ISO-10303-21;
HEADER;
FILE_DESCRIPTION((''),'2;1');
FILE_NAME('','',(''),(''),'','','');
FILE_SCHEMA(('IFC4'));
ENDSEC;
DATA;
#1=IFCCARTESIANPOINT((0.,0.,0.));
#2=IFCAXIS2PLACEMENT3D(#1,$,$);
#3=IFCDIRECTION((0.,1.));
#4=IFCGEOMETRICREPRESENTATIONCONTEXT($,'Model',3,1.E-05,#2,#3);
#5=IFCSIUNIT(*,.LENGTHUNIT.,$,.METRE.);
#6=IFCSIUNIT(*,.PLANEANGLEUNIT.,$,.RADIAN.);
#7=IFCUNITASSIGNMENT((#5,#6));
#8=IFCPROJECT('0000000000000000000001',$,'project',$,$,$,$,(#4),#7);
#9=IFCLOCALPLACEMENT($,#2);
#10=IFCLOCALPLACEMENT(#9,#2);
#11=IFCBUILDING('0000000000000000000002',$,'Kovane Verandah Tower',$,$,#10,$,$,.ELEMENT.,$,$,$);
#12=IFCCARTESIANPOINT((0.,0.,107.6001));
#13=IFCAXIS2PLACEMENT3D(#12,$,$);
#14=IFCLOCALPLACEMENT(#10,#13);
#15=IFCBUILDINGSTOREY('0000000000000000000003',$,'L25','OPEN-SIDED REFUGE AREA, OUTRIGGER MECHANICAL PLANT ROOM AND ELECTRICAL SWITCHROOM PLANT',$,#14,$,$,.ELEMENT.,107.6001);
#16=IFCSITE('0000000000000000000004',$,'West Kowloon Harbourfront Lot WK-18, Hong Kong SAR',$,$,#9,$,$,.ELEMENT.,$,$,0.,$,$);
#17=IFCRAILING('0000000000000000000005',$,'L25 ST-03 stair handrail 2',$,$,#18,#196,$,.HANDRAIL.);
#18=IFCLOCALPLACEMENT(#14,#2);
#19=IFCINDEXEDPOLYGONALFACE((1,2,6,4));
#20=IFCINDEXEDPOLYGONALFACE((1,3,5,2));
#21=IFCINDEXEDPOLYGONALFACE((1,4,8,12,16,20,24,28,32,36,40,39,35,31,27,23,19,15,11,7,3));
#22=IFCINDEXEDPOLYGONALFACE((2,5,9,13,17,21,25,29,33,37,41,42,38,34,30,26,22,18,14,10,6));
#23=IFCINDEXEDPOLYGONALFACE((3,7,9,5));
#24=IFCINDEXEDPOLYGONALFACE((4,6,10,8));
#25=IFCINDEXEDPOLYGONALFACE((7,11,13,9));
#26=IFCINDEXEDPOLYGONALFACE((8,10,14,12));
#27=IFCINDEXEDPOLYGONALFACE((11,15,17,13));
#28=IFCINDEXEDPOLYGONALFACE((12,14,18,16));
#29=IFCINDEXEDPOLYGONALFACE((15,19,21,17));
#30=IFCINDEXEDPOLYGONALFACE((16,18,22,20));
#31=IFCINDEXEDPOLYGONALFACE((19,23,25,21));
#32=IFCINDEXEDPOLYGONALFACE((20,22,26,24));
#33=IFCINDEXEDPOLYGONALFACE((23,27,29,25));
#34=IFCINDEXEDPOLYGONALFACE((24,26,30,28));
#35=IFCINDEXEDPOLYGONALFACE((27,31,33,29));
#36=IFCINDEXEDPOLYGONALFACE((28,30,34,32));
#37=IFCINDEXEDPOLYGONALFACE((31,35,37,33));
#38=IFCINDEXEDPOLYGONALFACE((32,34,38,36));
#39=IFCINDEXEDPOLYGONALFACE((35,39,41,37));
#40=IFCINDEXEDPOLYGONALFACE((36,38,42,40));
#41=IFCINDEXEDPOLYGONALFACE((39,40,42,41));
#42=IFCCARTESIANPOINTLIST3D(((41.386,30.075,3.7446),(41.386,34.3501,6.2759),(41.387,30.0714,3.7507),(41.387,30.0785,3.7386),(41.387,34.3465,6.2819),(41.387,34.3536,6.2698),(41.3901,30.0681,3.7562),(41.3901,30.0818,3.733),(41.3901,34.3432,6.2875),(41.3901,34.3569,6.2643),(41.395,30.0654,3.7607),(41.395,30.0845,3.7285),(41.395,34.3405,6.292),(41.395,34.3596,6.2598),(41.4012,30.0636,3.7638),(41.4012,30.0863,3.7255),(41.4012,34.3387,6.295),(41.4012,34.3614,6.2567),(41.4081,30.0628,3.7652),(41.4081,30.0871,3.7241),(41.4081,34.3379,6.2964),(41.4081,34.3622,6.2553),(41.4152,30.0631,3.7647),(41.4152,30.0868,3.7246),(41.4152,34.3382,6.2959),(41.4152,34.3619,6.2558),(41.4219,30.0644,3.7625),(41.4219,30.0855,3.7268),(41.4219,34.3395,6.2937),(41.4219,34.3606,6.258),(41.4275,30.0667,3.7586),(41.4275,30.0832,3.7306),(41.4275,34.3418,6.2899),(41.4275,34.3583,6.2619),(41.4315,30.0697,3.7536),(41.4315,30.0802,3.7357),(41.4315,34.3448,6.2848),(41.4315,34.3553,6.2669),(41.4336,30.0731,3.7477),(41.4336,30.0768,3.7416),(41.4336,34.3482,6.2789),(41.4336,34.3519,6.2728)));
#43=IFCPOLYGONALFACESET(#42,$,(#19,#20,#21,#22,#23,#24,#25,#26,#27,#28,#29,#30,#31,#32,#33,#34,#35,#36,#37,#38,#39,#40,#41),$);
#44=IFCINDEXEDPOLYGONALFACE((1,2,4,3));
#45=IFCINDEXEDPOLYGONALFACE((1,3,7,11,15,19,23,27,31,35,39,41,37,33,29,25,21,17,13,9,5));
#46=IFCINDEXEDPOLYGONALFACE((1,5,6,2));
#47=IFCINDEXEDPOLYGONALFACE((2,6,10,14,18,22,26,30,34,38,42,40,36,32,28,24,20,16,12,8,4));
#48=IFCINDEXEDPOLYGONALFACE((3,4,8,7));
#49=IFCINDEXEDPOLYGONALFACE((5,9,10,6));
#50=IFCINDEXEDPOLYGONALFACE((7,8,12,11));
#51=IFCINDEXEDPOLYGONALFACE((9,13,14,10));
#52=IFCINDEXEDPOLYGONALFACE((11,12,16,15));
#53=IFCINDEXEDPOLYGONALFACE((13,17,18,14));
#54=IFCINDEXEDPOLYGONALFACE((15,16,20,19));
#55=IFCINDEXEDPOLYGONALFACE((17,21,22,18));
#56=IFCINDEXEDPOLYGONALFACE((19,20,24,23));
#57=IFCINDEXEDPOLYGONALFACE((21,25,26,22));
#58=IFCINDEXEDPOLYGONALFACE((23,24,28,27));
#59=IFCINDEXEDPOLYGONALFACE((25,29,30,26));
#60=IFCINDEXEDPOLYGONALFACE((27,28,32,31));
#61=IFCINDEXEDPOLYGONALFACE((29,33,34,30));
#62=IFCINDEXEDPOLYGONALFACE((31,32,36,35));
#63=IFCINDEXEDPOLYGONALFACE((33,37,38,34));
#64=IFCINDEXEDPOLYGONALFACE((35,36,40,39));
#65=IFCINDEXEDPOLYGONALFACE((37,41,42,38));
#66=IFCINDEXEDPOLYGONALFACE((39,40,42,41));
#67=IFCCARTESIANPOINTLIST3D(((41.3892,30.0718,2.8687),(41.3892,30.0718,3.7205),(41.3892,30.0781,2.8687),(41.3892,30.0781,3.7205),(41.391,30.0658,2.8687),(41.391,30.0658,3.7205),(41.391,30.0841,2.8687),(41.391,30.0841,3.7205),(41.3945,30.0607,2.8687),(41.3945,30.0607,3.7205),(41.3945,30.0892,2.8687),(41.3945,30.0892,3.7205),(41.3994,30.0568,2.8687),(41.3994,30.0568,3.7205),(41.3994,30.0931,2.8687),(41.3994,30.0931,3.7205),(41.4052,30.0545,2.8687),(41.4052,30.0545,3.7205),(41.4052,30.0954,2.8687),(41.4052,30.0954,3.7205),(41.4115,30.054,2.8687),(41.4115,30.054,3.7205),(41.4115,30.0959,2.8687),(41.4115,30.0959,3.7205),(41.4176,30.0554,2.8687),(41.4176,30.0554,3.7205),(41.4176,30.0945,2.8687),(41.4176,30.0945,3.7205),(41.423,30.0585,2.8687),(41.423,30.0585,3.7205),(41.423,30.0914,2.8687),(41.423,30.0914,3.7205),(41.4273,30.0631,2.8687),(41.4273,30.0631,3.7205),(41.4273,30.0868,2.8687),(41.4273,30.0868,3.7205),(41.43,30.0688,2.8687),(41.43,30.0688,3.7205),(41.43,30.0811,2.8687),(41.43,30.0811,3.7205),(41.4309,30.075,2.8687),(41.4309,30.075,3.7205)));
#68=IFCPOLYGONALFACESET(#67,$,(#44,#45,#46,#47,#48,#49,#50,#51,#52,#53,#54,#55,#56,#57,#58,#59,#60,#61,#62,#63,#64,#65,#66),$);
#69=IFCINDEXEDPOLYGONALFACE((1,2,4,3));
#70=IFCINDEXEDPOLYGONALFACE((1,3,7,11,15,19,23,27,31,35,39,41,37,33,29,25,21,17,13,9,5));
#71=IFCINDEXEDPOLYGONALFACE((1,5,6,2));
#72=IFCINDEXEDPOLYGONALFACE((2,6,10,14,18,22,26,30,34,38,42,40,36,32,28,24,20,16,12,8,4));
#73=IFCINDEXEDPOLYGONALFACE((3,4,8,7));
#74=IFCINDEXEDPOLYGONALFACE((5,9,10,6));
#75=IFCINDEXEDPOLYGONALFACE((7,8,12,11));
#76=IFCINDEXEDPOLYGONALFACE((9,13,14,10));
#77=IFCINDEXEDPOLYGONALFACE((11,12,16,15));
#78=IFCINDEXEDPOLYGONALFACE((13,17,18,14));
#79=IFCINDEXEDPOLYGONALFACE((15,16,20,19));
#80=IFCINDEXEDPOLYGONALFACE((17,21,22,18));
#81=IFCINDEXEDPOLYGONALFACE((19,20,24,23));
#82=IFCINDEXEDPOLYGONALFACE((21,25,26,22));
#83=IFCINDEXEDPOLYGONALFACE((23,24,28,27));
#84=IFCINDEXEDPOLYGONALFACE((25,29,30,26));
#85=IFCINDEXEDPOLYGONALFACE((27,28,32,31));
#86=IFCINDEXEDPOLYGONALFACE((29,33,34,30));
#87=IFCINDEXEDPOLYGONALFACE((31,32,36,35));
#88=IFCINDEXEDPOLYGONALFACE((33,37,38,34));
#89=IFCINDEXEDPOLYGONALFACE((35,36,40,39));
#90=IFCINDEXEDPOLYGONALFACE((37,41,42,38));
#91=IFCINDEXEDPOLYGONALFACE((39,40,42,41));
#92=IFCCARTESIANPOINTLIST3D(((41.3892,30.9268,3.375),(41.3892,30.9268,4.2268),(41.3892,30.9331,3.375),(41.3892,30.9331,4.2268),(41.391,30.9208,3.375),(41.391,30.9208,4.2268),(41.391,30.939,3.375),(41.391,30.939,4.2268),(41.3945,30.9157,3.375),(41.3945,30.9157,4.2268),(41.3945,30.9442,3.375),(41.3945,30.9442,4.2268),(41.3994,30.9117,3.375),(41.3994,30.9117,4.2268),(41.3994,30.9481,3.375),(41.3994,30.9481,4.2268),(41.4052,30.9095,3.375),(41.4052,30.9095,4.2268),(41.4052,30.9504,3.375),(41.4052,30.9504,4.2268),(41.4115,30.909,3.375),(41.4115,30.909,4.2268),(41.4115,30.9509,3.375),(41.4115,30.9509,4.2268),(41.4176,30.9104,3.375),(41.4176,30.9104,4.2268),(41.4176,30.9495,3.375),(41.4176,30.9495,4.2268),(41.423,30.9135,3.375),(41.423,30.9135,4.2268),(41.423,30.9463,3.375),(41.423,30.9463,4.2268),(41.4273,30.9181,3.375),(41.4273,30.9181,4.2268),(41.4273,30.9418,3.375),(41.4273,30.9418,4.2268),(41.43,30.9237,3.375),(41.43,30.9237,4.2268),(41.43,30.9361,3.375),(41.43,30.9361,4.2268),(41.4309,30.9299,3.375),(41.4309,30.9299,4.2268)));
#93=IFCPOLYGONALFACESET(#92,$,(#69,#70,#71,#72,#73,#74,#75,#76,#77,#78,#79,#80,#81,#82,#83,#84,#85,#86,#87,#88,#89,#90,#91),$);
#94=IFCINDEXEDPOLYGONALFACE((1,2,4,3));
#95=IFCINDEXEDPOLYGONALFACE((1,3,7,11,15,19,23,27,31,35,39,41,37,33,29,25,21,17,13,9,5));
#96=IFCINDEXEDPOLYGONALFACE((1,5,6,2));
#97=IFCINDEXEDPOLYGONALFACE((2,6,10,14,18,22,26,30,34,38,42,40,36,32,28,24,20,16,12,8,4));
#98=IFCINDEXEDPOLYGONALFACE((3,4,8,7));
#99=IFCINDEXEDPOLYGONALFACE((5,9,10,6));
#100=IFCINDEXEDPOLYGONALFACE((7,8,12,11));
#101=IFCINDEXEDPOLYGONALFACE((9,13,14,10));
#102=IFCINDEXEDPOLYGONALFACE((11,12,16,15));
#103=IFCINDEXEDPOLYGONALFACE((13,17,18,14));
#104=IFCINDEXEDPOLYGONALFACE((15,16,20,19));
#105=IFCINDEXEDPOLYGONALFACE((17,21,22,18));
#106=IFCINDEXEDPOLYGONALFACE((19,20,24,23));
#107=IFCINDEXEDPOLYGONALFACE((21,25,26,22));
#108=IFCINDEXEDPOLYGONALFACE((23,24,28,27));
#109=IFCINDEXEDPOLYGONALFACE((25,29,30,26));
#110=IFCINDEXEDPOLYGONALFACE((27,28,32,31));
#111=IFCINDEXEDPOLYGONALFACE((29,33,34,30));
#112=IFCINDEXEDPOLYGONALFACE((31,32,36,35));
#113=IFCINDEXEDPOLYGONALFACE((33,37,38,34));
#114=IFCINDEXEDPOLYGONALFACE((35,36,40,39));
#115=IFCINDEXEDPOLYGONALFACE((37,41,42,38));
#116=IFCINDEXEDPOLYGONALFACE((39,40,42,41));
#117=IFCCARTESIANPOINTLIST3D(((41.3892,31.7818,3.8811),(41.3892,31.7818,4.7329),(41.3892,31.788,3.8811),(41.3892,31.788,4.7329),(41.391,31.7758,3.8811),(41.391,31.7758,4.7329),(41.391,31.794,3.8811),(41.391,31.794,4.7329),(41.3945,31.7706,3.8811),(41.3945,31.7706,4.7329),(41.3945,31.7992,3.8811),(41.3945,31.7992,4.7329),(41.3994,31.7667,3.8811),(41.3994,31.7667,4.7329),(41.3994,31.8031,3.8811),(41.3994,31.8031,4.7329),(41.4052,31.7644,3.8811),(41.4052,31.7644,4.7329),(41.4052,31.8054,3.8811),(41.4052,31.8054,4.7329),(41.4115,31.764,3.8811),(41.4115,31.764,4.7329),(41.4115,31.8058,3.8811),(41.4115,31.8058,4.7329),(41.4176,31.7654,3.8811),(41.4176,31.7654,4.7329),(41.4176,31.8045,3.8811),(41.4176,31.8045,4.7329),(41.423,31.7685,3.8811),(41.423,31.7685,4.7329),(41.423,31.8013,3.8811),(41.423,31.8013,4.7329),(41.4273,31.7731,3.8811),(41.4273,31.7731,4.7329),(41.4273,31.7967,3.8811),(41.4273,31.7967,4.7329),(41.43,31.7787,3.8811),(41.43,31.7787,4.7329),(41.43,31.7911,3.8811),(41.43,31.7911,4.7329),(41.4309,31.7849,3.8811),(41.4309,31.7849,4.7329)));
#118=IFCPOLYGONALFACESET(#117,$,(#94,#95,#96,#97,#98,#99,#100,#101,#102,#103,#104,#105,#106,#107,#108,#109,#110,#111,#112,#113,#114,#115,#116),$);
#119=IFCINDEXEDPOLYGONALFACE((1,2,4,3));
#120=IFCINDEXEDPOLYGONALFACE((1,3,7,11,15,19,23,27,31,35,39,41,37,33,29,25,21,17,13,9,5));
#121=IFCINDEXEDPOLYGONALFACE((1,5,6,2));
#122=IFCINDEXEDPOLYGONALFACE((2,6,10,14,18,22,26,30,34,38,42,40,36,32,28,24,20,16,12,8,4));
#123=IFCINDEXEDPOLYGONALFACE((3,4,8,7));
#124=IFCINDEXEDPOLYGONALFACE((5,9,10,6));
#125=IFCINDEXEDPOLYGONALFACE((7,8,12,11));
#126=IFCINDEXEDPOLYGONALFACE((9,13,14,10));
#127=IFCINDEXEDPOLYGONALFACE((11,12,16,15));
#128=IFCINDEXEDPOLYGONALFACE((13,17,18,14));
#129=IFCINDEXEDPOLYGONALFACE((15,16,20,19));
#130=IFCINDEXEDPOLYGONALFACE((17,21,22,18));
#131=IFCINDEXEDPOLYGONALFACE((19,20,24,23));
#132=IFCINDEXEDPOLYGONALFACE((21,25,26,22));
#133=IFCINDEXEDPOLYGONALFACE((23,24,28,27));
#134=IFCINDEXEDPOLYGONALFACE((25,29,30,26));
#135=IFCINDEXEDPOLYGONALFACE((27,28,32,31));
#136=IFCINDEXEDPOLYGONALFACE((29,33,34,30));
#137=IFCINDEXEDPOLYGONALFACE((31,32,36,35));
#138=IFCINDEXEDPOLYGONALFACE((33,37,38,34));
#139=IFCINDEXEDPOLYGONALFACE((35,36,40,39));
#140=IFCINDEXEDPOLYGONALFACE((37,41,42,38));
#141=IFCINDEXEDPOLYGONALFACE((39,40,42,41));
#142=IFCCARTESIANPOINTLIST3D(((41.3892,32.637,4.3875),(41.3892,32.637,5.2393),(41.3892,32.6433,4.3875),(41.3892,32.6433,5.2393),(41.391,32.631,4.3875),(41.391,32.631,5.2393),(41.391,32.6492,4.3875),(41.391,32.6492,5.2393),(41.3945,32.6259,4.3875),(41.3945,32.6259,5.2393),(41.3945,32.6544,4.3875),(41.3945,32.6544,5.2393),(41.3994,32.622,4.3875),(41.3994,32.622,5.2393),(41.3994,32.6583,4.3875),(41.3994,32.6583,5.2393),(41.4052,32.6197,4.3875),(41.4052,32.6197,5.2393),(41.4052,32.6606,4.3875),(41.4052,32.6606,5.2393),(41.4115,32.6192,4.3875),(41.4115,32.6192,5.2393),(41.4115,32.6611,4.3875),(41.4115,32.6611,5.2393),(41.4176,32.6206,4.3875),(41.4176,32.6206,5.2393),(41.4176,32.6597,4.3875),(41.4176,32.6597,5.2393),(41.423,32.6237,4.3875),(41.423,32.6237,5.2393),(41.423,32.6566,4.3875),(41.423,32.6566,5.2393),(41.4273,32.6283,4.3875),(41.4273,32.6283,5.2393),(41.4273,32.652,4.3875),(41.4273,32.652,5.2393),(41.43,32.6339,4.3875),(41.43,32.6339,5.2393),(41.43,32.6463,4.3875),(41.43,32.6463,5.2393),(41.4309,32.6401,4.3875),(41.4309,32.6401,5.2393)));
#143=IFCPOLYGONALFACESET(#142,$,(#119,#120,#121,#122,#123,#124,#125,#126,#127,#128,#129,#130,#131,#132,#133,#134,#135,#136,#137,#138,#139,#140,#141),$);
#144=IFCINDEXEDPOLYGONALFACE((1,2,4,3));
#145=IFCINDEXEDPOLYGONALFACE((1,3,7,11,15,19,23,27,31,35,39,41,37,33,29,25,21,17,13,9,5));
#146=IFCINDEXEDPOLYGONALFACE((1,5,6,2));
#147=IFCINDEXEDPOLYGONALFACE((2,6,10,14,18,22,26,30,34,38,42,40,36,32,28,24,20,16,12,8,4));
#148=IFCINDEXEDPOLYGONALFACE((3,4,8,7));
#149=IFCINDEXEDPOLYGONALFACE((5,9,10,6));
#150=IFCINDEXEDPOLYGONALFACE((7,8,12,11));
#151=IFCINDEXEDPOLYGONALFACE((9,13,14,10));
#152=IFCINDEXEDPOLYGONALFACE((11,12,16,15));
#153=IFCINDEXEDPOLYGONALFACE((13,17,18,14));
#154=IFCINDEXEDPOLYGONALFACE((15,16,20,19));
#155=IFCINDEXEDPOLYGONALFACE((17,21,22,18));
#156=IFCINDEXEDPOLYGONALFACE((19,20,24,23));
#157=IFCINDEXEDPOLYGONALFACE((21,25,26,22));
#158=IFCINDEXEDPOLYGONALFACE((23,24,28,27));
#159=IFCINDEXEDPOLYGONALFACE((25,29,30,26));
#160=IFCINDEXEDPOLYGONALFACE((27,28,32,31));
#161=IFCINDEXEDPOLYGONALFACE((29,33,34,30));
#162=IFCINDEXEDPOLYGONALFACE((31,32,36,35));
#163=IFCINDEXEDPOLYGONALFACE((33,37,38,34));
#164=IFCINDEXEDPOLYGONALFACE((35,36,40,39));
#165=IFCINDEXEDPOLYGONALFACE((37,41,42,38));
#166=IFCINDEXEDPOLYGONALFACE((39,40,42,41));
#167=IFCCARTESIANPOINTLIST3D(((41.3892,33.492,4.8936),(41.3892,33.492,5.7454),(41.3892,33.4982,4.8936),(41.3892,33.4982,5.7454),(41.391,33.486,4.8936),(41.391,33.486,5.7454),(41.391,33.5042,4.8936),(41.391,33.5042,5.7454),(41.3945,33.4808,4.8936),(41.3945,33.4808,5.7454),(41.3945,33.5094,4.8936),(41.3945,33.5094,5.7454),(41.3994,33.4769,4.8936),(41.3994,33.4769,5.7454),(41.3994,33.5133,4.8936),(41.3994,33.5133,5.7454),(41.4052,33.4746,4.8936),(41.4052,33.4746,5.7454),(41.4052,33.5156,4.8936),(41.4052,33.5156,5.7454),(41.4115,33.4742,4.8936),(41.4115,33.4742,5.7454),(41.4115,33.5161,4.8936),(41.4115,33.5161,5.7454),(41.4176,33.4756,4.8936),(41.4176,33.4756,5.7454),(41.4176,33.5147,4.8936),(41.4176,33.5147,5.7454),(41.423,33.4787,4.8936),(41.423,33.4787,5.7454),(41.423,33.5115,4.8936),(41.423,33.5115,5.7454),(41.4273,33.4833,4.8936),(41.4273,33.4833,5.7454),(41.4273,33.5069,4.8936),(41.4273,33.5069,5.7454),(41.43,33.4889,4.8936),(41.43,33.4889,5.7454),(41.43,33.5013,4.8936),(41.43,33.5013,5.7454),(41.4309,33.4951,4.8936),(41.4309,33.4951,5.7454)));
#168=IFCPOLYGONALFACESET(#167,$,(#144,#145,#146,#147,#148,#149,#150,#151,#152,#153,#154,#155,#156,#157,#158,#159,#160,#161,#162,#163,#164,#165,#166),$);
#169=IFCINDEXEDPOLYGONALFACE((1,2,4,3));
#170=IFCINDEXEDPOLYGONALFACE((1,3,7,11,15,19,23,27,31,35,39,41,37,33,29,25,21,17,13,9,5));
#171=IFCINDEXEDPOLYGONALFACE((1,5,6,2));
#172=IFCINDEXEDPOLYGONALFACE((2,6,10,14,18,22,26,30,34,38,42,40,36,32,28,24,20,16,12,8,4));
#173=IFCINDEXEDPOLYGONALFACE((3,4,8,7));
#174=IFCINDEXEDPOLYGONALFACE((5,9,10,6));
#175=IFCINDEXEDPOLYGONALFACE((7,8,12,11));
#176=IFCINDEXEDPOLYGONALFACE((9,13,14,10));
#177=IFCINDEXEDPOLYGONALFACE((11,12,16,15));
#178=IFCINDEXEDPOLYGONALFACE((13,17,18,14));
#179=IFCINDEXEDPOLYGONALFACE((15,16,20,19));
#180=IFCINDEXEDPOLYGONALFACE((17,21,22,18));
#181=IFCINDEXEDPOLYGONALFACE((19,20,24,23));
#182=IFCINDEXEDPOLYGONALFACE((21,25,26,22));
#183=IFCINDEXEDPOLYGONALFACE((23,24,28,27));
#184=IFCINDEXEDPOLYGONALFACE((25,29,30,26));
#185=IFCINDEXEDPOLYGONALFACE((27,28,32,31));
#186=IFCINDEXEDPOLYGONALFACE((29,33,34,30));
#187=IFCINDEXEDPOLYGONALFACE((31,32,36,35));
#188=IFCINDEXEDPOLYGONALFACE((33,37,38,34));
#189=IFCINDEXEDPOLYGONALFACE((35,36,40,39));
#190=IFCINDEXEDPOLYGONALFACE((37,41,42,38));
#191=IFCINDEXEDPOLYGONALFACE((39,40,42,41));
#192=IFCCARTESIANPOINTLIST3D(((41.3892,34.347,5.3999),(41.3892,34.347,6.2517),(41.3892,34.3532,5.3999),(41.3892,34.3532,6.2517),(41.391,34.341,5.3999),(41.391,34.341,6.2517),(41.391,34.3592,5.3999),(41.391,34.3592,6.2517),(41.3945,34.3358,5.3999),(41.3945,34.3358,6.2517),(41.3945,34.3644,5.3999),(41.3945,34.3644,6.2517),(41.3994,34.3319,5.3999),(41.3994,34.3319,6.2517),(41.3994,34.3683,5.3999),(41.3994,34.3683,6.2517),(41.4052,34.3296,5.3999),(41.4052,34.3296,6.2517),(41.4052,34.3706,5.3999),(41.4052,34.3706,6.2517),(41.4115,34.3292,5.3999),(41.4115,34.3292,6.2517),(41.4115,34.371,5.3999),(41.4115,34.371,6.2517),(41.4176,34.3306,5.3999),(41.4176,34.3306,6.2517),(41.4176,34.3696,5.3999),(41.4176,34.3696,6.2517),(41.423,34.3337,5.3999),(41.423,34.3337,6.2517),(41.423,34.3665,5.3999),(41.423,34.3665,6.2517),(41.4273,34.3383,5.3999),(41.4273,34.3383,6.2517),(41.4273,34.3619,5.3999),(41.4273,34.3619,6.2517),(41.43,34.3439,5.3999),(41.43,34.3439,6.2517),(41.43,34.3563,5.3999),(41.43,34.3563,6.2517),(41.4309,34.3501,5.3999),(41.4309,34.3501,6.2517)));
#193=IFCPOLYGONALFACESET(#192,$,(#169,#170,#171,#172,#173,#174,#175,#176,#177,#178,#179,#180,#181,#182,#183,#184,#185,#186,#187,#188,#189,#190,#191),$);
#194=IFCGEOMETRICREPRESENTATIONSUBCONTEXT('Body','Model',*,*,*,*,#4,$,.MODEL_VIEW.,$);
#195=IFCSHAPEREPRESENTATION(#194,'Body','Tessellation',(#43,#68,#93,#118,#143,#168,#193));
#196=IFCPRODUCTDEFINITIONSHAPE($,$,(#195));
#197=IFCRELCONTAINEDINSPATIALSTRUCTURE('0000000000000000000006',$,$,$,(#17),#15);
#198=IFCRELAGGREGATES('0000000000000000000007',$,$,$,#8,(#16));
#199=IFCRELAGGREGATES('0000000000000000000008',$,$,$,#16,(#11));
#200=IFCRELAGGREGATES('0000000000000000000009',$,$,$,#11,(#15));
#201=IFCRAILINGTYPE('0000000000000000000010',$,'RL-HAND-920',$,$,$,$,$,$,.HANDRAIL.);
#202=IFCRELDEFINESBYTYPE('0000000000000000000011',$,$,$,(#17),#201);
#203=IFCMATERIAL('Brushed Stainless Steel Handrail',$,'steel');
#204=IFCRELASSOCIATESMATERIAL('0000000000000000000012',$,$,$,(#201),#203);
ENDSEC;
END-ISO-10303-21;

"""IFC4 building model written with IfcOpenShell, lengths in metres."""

from ifc_helpers import new_model, si_unit, direction, frame, origin, origin_2d, place, context, subcontext, project, spatial, circle, extrude, material, type_object, element, save


model = new_model("IFC4")

# Units and contexts
model_context = context("Model", 3, precision=1e-05, world=origin(), true_north=direction((0.0, 1.0)))
body_context = subcontext(model_context, "Body", "Model", "MODEL_VIEW")
ifc_project = project(units=[si_unit("LENGTHUNIT", "METRE"), si_unit("PLANEANGLEUNIT", "RADIAN")], contexts=[model_context])

# Site, building, storey
site_placement = place(None, origin())
site = spatial("IfcSite", under=ifc_project, at=site_placement, Name="West Kowloon Harbourfront Lot WK-18, Hong Kong SAR", CompositionType="ELEMENT", RefElevation=0.0)
building_placement = place(site_placement, origin())
building = spatial("IfcBuilding", under=site, at=building_placement, Name="Kovane Verandah Tower", CompositionType="ELEMENT")
storey_placement = place(building_placement, frame((0.0, 0.0, 107.6001)))
storey = spatial("IfcBuildingStorey", under=building, at=storey_placement, Name="L25", Description="OPEN-SIDED REFUGE AREA, OUTRIGGER MECHANICAL PLANT ROOM AND ELECTRICAL SWITCHROOM PLANT", CompositionType="ELEMENT", Elevation=107.6001)

# Railing
ifc_material_1 = material(Name="Brushed Stainless Steel Handrail", Category="steel")
railing_type_1 = type_object("IfcRailingType", Name="RL-HAND-920", PredefinedType="HANDRAIL", material=ifc_material_1)
railing_1_placement = place(storey_placement, frame((41.4099, 30.075, 2.8687)))
element("IfcRailing", 1, at=railing_1_placement, inside=storey, type_object=railing_type_1, Name="L25 ST-03 stair handrail 2", PredefinedType="HANDRAIL", context=body_context, shape_type="SweptSolid", body=[
    extrude(circle(Radius=0.0239, at=origin_2d()), frame((0.0, 0.0, 0.876), z_axis=(0.0, 0.860483, 0.509479), x_axis=(-1.0, 0.0, 0.0)), (0.0, 0.0, 1.0), 4.9683),
    extrude(circle(Radius=0.021, at=origin_2d()), origin(), (0.0, 0.0, 1.0), 0.8518),
    extrude(circle(Radius=0.021, at=origin_2d()), frame((0.0, 0.855, 0.5063)), (0.0, 0.0, 1.0), 0.8518),
    extrude(circle(Radius=0.021, at=origin_2d()), frame((0.0, 1.71, 1.0125)), (0.0, 0.0, 1.0), 0.8518),
    extrude(circle(Radius=0.021, at=origin_2d()), frame((0.0, 2.5652, 1.5188)), (0.0, 0.0, 1.0), 0.8518),
    extrude(circle(Radius=0.021, at=origin_2d()), frame((0.0, 3.4202, 2.0249)), (0.0, 0.0, 1.0), 0.8518),
    extrude(circle(Radius=0.021, at=origin_2d()), frame((0.0, 4.2751, 2.5312)), (0.0, 0.0, 1.0), 0.8518),
])

save(model, "model.ifc")
